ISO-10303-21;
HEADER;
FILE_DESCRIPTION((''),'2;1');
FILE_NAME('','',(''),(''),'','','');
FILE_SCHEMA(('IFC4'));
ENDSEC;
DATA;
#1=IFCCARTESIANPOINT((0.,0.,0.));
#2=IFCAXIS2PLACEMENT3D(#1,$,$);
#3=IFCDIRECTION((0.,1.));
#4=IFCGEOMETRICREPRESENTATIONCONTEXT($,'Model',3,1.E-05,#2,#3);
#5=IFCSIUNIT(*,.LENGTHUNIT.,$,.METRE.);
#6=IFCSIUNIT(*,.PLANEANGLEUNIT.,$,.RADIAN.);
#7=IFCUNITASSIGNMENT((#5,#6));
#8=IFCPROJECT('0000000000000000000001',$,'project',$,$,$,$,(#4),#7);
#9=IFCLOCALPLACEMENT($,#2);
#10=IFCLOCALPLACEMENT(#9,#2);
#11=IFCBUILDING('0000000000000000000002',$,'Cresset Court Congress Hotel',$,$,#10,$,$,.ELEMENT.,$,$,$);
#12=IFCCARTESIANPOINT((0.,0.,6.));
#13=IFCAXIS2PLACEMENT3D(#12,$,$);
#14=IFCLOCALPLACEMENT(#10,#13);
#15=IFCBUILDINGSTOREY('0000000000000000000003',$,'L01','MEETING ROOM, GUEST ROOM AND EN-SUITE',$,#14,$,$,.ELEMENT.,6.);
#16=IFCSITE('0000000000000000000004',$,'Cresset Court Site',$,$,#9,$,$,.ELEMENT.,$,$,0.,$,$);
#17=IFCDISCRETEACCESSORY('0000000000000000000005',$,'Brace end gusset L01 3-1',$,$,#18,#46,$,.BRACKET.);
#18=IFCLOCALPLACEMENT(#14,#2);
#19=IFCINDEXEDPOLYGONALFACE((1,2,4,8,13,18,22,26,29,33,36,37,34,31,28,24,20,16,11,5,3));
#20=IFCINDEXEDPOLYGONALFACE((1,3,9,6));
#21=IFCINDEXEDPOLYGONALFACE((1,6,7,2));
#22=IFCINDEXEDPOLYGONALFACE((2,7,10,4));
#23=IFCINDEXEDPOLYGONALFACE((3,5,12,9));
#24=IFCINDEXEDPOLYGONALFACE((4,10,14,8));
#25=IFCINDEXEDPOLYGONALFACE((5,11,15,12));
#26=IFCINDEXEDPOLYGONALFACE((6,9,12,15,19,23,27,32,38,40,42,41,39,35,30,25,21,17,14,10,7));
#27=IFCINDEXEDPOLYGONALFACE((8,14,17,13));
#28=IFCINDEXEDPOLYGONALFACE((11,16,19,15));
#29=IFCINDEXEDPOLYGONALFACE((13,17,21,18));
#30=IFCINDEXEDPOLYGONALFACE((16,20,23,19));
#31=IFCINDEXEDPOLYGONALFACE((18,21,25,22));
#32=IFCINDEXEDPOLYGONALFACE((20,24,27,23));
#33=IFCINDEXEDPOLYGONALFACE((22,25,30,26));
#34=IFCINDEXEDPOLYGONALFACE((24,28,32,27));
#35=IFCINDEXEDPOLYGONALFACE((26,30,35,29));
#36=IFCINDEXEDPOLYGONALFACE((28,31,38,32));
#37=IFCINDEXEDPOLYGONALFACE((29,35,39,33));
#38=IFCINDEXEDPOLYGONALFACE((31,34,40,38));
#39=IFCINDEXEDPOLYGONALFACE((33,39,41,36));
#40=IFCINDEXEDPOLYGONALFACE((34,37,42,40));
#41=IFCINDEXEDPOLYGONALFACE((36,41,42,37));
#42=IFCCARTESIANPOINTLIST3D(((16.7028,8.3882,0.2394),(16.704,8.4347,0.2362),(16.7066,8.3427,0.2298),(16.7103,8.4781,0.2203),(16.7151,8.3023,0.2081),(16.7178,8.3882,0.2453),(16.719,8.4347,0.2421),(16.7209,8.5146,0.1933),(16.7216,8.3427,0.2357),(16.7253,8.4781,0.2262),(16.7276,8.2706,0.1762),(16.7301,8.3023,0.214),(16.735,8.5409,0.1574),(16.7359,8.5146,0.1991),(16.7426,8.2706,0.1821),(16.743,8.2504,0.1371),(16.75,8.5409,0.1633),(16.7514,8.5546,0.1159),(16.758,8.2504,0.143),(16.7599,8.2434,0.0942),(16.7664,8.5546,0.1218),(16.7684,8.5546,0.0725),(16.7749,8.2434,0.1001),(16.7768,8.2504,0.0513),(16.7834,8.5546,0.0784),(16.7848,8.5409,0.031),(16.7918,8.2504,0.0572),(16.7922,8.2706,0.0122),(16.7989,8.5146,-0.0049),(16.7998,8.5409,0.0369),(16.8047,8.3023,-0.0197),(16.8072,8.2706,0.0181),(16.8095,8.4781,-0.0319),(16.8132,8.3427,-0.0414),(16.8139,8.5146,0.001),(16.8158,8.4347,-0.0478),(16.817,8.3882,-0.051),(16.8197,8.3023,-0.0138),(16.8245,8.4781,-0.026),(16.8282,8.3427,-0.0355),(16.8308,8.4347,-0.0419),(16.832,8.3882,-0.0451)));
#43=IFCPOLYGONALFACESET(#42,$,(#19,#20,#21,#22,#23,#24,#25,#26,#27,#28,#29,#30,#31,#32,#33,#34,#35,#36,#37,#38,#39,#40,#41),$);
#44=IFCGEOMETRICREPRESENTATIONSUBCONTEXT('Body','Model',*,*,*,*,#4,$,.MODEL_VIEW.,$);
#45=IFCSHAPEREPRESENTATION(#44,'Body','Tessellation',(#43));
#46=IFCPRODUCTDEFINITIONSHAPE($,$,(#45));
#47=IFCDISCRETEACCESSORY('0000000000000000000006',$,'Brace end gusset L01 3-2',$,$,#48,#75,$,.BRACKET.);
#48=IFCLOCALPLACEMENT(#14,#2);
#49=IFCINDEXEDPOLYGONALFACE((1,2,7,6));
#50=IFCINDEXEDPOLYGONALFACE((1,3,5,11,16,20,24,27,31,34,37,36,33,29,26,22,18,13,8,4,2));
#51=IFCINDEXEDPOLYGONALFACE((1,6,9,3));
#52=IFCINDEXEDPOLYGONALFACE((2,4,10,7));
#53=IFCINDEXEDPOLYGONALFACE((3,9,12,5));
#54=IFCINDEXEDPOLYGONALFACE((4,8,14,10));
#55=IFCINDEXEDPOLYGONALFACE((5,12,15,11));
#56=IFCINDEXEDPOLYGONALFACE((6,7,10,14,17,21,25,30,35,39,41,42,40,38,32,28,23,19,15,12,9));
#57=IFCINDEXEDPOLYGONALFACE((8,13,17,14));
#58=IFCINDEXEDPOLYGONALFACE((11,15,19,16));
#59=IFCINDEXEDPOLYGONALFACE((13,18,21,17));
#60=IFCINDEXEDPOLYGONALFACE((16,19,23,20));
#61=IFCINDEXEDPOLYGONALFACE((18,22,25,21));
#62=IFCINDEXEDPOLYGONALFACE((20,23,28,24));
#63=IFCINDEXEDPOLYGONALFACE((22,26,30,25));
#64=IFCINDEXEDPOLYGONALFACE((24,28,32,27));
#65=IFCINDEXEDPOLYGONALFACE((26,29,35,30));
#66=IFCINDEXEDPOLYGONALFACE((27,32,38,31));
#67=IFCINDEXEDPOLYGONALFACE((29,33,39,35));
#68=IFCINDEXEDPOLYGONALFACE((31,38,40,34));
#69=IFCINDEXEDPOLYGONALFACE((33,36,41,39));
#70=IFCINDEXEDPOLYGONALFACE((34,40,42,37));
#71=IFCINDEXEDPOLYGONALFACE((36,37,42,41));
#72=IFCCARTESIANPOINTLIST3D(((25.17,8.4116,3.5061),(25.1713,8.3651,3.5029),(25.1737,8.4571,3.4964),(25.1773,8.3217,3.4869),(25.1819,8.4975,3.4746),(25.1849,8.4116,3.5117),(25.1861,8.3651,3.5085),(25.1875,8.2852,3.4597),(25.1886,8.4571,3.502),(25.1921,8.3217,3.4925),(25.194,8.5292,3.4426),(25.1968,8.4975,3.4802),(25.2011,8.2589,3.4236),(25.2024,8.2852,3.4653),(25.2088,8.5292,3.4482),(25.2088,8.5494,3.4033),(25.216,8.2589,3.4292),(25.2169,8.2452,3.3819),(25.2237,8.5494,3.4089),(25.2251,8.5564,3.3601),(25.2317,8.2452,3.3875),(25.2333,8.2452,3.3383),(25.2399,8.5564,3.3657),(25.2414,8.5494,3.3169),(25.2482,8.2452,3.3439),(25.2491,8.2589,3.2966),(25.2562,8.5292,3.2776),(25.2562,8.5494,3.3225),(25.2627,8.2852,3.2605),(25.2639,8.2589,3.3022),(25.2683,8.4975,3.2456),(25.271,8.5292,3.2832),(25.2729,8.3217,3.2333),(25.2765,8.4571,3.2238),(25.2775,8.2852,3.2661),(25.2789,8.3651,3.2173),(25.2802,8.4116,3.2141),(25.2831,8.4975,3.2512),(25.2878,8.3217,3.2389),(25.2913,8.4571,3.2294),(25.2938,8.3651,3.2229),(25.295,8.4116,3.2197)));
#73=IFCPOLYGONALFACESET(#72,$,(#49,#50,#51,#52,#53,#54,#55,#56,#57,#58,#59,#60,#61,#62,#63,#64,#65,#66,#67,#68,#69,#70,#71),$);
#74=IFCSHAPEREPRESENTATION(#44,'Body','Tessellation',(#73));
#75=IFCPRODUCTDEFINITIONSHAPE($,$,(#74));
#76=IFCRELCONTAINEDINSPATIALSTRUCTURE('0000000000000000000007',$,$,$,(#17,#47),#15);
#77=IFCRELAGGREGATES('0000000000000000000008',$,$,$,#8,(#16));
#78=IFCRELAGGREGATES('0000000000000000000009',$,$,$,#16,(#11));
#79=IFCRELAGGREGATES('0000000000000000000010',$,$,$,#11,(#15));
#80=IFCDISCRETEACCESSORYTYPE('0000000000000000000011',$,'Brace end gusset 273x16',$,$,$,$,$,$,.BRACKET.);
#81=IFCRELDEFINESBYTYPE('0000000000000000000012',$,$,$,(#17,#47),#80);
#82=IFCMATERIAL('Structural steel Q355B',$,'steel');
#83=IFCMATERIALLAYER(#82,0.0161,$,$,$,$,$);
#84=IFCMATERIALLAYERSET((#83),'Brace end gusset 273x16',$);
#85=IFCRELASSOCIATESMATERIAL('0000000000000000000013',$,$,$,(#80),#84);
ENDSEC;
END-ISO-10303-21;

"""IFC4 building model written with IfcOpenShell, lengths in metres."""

from ifc_helpers import new_model, si_unit, direction, frame, origin, origin_2d, place, context, subcontext, project, spatial, circle, extrude, material, layer, layer_set, type_object, element, save


model = new_model("IFC4")

# Units and contexts
model_context = context("Model", 3, precision=1e-05, world=origin(), true_north=direction((0.0, 1.0)))
body_context = subcontext(model_context, "Body", "Model", "MODEL_VIEW")
ifc_project = project(units=[si_unit("LENGTHUNIT", "METRE"), si_unit("PLANEANGLEUNIT", "RADIAN")], contexts=[model_context])

# Site, building, storey
site_placement = place(None, origin())
site = spatial("IfcSite", under=ifc_project, at=site_placement, Name="Cresset Court Site", CompositionType="ELEMENT", RefElevation=0.0)
building_placement = place(site_placement, origin())
building = spatial("IfcBuilding", under=site, at=building_placement, Name="Cresset Court Congress Hotel", CompositionType="ELEMENT")
storey_placement = place(building_placement, frame((0.0, 0.0, 6.0)))
storey = spatial("IfcBuildingStorey", under=building, at=storey_placement, Name="L01", Description="MEETING ROOM, GUEST ROOM AND EN-SUITE", CompositionType="ELEMENT", Elevation=6.0)

# Discrete accessories
ifc_material_1 = material(Name="Structural steel Q355B", Category="steel")
ifc_layer_1 = layer(ifc_material_1, 0.0161)
ifc_layer_set_1 = layer_set([ifc_layer_1], Name="Brace end gusset 273x16")
discrete_accessory_type = type_object("IfcDiscreteAccessoryType", Name="Brace end gusset 273x16", PredefinedType="BRACKET", material=ifc_layer_set_1)
discrete_accessory_1_placement = place(storey_placement, frame((16.7749, 8.3999, 0.1001), z_axis=(-0.930566, 0.0, -0.366124), x_axis=(0.0, -1.0, 0.0)))
element("IfcDiscreteAccessory", 1, at=discrete_accessory_1_placement, inside=storey, type_object=discrete_accessory_type, Name="Brace end gusset L01 3-1", PredefinedType="BRACKET", context=body_context, shape_type="SweptSolid", body=[
    extrude(circle(Radius=0.1565, at=origin_2d()), origin(), (0.0, 0.0, 1.0), 0.0161),
])
discrete_accessory_2_placement = place(storey_placement, frame((25.2251, 8.3999, 3.3601), z_axis=(0.935697, 0.0, 0.352804), x_axis=(0.0, 1.0, 0.0)))
element("IfcDiscreteAccessory", 2, at=discrete_accessory_2_placement, inside=storey, type_object=discrete_accessory_type, Name="Brace end gusset L01 3-2", PredefinedType="BRACKET", context=body_context, shape_type="SweptSolid", body=[
    extrude(circle(Radius=0.1565, at=origin_2d()), origin(), (0.0, 0.0, 1.0), 0.0159),
])

save(model, "model.ifc")
